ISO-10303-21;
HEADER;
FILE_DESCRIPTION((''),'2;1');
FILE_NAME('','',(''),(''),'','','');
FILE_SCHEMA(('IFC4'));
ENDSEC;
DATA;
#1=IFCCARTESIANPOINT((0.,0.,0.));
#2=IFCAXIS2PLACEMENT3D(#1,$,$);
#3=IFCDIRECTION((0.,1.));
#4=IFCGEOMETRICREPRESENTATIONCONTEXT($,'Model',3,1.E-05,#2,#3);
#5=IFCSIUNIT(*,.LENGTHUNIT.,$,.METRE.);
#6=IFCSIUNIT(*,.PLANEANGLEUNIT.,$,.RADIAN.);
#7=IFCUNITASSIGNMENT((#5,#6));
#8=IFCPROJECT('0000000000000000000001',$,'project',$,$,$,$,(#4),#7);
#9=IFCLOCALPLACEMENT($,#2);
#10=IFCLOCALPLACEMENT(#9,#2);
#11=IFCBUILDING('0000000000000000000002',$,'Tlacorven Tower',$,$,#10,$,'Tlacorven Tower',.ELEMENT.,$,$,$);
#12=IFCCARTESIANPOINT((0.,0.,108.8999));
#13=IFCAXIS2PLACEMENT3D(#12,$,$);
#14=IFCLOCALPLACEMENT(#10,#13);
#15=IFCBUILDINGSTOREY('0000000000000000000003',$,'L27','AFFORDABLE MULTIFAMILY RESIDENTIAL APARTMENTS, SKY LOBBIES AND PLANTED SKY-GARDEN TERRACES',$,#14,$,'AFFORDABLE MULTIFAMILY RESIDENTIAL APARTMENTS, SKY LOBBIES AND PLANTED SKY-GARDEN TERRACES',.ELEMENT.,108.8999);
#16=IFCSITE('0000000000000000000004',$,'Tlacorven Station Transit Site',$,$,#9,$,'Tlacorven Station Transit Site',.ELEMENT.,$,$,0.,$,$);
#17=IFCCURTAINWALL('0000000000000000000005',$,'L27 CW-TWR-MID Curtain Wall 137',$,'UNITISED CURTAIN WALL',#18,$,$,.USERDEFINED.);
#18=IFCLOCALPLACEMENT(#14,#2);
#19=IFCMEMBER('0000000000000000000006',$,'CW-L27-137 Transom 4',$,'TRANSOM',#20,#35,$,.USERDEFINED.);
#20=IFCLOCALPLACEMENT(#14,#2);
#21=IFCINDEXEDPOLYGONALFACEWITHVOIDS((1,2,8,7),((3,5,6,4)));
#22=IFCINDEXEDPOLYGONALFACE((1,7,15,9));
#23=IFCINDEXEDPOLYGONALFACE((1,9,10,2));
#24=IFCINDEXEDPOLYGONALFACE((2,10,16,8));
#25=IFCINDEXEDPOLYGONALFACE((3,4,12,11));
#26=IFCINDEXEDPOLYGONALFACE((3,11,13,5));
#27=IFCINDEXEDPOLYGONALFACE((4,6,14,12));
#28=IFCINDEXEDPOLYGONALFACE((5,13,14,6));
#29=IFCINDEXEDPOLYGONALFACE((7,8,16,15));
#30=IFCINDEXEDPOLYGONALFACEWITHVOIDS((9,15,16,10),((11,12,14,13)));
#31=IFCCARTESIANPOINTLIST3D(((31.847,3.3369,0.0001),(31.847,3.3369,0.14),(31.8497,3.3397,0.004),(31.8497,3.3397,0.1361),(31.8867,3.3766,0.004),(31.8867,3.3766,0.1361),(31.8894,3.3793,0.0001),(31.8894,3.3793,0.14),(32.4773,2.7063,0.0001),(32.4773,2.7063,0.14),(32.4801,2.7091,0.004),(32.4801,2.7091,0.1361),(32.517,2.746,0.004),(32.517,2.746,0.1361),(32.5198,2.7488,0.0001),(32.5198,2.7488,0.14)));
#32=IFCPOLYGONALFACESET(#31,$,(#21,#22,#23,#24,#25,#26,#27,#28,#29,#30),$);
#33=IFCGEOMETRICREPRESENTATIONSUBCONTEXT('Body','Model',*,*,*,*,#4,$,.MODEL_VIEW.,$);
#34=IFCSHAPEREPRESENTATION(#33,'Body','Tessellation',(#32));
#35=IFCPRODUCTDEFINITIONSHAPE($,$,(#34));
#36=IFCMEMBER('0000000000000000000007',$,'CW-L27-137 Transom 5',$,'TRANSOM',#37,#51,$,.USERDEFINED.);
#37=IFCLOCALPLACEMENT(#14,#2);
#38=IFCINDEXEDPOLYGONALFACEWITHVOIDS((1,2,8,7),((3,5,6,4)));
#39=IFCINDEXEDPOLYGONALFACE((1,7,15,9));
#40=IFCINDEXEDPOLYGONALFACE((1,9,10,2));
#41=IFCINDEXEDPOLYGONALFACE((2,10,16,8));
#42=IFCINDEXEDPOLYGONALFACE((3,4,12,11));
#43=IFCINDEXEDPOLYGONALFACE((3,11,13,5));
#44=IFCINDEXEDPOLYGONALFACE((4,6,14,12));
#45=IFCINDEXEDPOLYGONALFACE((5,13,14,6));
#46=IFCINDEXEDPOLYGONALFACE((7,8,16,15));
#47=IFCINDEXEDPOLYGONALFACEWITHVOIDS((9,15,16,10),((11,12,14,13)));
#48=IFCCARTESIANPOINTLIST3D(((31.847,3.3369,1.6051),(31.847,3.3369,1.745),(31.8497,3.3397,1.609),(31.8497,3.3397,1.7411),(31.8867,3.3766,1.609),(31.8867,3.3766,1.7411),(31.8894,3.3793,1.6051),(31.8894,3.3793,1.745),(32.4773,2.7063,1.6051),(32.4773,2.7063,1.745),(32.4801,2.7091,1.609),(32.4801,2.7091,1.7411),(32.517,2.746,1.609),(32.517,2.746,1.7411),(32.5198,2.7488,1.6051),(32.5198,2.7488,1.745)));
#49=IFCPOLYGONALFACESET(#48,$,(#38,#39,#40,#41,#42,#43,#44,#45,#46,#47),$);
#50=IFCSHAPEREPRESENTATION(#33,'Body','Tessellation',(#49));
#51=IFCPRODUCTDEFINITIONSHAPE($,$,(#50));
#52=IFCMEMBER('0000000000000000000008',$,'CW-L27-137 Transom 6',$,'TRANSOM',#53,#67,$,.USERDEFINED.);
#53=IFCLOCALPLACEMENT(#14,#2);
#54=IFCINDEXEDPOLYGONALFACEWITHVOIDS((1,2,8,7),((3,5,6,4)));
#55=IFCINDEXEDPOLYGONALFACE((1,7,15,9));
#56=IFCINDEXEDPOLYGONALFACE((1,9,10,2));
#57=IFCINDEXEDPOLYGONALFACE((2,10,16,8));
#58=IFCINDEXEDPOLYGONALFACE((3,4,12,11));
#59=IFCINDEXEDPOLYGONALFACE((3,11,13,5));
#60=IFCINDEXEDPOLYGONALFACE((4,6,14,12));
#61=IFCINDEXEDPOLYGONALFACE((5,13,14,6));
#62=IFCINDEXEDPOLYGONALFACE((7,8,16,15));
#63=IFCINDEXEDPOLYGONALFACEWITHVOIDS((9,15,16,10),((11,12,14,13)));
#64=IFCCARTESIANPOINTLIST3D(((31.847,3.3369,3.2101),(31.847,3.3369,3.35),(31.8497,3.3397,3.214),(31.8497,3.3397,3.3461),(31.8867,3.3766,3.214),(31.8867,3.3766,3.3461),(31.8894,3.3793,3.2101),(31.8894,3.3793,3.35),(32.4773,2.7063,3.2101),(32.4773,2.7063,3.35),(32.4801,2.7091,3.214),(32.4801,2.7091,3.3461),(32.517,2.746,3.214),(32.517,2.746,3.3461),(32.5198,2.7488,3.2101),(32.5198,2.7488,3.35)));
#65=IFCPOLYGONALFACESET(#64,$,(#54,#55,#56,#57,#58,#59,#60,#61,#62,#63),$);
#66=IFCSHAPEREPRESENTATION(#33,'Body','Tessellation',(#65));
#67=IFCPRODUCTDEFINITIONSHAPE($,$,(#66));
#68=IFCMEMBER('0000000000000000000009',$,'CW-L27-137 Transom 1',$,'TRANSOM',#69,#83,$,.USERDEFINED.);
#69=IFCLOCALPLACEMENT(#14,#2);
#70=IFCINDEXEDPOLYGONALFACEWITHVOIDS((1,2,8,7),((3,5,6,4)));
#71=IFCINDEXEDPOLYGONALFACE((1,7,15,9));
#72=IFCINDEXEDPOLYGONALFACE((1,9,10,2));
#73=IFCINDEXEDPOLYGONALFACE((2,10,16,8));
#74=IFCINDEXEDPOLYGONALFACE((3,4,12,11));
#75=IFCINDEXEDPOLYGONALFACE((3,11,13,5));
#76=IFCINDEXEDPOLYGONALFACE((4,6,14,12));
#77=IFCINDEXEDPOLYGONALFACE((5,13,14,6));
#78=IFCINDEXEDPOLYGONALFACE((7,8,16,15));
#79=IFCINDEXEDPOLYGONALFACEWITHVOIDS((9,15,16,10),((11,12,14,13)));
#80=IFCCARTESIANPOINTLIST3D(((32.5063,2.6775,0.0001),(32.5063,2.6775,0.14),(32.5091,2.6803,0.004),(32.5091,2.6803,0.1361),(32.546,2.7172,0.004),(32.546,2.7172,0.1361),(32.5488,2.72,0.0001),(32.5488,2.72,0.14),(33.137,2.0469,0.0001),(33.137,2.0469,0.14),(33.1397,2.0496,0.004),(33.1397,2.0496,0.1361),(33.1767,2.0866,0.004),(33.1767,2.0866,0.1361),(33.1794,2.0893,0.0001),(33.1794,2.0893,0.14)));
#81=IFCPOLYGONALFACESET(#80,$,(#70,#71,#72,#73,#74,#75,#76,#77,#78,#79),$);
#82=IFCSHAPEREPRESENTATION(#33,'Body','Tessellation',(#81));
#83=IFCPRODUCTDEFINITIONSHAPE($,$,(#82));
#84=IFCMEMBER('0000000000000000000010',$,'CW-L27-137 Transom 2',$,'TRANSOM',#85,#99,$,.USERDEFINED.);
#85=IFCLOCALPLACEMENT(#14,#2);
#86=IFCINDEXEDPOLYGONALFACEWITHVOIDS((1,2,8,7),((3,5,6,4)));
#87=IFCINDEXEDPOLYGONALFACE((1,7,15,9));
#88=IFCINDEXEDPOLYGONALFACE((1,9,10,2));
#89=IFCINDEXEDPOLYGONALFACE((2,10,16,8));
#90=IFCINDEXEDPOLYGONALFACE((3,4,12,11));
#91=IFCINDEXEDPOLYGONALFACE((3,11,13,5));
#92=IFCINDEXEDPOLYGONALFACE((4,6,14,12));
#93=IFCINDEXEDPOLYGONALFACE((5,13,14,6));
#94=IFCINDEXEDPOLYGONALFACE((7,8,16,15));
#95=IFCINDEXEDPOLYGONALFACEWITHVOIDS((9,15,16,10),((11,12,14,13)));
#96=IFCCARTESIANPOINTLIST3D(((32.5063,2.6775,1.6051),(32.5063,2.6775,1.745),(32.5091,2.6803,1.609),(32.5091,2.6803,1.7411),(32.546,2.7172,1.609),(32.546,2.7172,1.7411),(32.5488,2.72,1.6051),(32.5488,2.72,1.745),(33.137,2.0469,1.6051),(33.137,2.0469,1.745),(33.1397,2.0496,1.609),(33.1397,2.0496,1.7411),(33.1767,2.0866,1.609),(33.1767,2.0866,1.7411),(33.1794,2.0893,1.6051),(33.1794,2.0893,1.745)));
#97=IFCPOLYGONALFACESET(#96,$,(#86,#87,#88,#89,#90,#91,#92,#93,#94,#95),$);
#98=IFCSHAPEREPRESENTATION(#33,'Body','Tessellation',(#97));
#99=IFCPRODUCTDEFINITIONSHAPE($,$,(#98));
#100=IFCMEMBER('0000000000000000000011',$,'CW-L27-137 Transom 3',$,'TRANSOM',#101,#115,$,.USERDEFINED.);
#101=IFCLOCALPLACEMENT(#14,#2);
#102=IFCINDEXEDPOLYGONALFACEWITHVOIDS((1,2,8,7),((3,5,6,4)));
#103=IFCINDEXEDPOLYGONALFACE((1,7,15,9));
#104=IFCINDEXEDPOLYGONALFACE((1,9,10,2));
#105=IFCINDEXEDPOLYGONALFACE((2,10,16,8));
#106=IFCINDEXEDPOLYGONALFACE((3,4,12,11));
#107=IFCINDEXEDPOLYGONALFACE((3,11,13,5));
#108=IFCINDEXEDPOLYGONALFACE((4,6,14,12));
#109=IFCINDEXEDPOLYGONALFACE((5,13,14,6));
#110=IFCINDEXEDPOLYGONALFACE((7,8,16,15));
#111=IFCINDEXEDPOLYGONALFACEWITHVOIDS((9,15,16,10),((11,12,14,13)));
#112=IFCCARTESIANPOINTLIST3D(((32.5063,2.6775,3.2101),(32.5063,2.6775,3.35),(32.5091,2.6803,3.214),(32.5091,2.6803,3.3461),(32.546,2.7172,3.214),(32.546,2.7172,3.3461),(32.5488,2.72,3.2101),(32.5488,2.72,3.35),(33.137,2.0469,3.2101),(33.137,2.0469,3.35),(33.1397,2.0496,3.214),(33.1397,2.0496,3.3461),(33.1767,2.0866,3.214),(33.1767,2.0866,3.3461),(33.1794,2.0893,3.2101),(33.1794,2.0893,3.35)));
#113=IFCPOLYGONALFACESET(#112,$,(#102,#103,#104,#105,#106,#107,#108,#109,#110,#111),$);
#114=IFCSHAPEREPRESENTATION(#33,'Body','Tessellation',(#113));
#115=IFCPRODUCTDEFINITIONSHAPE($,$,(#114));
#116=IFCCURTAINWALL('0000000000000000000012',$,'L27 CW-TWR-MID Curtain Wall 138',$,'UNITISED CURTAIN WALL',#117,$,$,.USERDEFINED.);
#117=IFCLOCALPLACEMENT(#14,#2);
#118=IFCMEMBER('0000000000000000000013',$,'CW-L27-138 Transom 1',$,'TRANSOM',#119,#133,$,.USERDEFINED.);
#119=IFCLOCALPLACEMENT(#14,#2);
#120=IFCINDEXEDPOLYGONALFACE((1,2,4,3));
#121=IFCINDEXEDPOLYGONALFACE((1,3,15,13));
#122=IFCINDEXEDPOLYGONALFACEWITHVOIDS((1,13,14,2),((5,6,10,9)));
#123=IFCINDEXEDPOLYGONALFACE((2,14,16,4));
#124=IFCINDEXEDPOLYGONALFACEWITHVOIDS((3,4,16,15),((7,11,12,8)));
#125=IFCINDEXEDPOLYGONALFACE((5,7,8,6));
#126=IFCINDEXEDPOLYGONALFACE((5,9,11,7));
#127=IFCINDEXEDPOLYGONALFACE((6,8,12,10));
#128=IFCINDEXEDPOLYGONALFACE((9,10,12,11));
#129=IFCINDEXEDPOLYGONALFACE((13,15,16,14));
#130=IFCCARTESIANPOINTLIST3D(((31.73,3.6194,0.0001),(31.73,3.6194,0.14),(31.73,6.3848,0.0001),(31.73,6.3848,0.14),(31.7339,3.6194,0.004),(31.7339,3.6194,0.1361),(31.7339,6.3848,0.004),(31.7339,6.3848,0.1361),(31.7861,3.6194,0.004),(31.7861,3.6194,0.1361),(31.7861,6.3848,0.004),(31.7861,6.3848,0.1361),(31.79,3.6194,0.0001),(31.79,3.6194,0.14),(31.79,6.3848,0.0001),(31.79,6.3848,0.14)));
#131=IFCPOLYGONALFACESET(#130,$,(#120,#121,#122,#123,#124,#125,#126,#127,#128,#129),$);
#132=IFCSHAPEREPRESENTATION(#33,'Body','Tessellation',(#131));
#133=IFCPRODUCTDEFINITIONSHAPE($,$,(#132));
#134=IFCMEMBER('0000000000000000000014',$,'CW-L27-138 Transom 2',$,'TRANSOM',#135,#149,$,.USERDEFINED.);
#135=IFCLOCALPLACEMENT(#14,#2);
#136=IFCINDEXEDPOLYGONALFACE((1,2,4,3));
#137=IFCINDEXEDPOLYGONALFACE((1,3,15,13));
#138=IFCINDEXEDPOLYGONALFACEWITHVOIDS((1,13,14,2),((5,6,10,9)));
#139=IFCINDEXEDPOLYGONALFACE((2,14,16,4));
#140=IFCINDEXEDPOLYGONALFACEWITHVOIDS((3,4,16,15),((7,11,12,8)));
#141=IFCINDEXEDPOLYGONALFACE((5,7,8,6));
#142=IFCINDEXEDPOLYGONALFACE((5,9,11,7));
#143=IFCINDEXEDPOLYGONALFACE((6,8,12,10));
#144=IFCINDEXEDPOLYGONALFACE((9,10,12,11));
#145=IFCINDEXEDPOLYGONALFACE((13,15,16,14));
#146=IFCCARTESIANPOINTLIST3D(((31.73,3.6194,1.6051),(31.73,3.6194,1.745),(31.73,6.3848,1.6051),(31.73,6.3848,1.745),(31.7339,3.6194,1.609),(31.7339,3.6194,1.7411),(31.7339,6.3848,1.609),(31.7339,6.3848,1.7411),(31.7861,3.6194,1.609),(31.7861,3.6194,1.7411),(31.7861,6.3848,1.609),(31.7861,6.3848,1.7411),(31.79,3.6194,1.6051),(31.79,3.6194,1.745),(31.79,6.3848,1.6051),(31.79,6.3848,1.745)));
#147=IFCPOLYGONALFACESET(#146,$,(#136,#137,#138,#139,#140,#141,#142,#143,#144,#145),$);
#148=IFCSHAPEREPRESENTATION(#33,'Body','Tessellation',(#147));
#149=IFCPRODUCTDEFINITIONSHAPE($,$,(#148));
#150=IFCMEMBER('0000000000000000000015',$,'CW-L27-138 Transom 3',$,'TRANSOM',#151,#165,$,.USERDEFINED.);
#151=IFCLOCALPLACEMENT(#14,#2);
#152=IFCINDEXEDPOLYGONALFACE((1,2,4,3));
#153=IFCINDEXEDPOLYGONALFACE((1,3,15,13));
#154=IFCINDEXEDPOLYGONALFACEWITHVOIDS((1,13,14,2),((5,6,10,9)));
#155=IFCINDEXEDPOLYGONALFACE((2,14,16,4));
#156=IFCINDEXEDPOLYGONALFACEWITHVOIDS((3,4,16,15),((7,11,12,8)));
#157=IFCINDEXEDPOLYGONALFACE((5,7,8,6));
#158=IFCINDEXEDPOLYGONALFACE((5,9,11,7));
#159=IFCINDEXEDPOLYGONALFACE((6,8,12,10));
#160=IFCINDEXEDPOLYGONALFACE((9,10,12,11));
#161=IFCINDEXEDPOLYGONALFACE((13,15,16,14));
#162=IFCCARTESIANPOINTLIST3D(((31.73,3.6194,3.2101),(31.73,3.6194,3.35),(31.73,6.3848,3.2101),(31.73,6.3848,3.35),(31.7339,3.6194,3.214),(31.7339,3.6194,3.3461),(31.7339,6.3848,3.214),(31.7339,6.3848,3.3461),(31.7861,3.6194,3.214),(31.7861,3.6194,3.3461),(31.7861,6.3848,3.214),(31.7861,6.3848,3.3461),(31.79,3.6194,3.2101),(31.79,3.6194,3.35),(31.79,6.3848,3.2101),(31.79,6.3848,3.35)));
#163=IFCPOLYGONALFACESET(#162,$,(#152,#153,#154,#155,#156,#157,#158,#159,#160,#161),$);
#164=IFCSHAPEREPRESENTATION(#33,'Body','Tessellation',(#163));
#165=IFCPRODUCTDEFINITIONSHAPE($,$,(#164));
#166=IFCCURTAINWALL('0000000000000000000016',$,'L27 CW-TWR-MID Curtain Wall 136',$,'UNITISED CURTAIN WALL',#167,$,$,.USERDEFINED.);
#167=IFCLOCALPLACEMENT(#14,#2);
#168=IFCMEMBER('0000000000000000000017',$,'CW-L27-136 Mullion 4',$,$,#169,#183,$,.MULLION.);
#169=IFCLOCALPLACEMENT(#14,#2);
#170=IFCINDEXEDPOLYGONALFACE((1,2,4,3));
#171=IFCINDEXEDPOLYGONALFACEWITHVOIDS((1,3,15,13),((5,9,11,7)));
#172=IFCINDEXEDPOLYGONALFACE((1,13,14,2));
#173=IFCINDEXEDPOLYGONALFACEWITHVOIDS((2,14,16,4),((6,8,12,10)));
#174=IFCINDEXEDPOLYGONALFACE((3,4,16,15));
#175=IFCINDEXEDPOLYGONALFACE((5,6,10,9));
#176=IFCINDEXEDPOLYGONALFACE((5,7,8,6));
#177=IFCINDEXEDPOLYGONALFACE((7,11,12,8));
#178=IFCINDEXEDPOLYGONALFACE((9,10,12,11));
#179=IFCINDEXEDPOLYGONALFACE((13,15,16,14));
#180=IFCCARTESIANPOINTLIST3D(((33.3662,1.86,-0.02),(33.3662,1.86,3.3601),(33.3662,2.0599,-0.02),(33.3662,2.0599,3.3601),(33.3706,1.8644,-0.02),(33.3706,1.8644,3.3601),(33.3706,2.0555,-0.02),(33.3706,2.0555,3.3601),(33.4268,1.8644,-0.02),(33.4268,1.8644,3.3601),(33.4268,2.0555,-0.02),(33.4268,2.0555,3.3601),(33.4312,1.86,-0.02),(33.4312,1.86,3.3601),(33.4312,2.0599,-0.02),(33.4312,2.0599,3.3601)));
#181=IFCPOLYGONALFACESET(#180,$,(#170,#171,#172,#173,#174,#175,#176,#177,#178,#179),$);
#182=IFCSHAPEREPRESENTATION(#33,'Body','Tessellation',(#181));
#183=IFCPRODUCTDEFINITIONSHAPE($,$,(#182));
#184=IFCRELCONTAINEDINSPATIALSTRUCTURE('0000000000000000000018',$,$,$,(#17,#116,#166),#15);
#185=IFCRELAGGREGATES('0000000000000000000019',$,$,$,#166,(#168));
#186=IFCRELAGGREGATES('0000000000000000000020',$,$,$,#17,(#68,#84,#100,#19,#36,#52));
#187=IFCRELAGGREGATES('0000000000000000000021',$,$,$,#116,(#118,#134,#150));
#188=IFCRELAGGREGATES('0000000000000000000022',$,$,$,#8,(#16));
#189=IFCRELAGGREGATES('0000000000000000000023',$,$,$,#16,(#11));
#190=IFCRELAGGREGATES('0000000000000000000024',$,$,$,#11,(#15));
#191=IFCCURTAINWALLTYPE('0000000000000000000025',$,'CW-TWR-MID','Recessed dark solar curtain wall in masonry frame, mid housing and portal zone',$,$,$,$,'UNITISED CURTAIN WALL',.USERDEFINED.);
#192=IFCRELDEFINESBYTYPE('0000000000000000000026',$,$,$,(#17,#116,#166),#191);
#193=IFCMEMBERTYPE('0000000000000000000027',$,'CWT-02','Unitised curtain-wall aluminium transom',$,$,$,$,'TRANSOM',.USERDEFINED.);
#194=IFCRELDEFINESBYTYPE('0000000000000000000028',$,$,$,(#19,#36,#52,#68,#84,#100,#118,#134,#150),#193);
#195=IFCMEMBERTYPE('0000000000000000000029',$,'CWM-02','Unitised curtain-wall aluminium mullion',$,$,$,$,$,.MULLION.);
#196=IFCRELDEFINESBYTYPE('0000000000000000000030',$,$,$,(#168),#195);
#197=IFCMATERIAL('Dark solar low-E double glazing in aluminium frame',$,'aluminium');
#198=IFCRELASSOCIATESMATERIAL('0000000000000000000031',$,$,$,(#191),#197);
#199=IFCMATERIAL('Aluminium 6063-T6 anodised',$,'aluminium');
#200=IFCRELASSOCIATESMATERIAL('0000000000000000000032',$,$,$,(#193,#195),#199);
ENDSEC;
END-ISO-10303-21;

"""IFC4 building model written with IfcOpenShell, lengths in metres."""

from ifc_helpers import new_model, si_unit, direction, frame, origin, origin_2d, place, context, subcontext, project, spatial, hollow_rectangle, extrude, source, transform, mapped, material, material_profile, profile_set, type_object, element, aggregate, save


model = new_model("IFC4")

# Units and contexts
model_context = context("Model", 3, precision=1e-05, world=origin(), true_north=direction((0.0, 1.0)))
body_context = subcontext(model_context, "Body", "Model", "MODEL_VIEW")
ifc_project = project(units=[si_unit("LENGTHUNIT", "METRE"), si_unit("PLANEANGLEUNIT", "RADIAN")], contexts=[model_context])

# Site, building, storey
site_placement = place(None, origin())
site = spatial("IfcSite", under=ifc_project, at=site_placement, Name="Tlacorven Station Transit Site", LongName="Tlacorven Station Transit Site", CompositionType="ELEMENT", RefElevation=0.0)
building_placement = place(site_placement, origin())
building = spatial("IfcBuilding", under=site, at=building_placement, Name="Tlacorven Tower", LongName="Tlacorven Tower", CompositionType="ELEMENT")
storey_placement = place(building_placement, frame((0.0, 0.0, 108.8999)))
storey = spatial("IfcBuildingStorey", under=building, at=storey_placement, Name="L27", Description="AFFORDABLE MULTIFAMILY RESIDENTIAL APARTMENTS, SKY LOBBIES AND PLANTED SKY-GARDEN TERRACES", LongName="AFFORDABLE MULTIFAMILY RESIDENTIAL APARTMENTS, SKY LOBBIES AND PLANTED SKY-GARDEN TERRACES", CompositionType="ELEMENT", Elevation=108.8999)

# Curtain walls, members
ifc_material_1 = material(Name="Dark solar low-E double glazing in aluminium frame", Category="aluminium")
curtain_wall_type = type_object("IfcCurtainWallType", Name="CW-TWR-MID", Description="Recessed dark solar curtain wall in masonry frame, mid housing and portal zone", ElementType="UNITISED CURTAIN WALL", PredefinedType="USERDEFINED", material=ifc_material_1)
curtain_wall_1_placement = place(storey_placement, origin())
curtain_wall_1 = element("IfcCurtainWall", 1, at=curtain_wall_1_placement, inside=storey, type_object=curtain_wall_type, Name="L27 CW-TWR-MID Curtain Wall 137", ObjectType="UNITISED CURTAIN WALL", PredefinedType="USERDEFINED")
ifc_material_2 = material(Name="Aluminium 6063-T6 anodised", Category="aluminium")
ifc_material_profile_1 = material_profile(ifc_material_2, hollow_rectangle(XDim=0.0601, YDim=0.1399, WallThickness=0.0039, at=origin_2d()), Name="ALU TRANSOM 60X140")
ifc_profile_set_1 = profile_set([ifc_material_profile_1], Name="Aluminium 6063-T6 anodised")
member_type_1 = type_object("IfcMemberType", Name="CWT-02", Description="Unitised curtain-wall aluminium transom", ElementType="TRANSOM", PredefinedType="USERDEFINED", material=ifc_profile_set_1)
shared_shape_1 = source(origin(), body_context, "Body", "SweptSolid", [
    extrude(hollow_rectangle(XDim=0.0601, YDim=0.1399, WallThickness=0.0039, at=origin_2d()), origin(), (0.0, 0.0, 1.0), 0.8916),
])
member_1_placement = place(storey_placement, frame((32.4985, 2.7275, 0.0701), z_axis=(-0.70697, 0.707244, 0.0), x_axis=(-0.707244, -0.70697, 0.0)))
member_1 = element("IfcMember", 2, at=member_1_placement, type_object=member_type_1, Name="CW-L27-137 Transom 4", ObjectType="TRANSOM", PredefinedType="USERDEFINED", context=body_context, shape_type="MappedRepresentation", body=[
    mapped(shared_shape_1, transform((0.0, 0.0, 0.0), scale=1.0)),
])
member_2_placement = place(storey_placement, frame((32.4985, 2.7275, 1.675), z_axis=(-0.70697, 0.707244, 0.0), x_axis=(-0.707244, -0.70697, 0.0)))
member_2 = element("IfcMember", 3, at=member_2_placement, type_object=member_type_1, Name="CW-L27-137 Transom 5", ObjectType="TRANSOM", PredefinedType="USERDEFINED", context=body_context, shape_type="MappedRepresentation", body=[
    mapped(shared_shape_1, transform((0.0, 0.0, 0.0), scale=1.0)),
])
member_3_placement = place(storey_placement, frame((32.4985, 2.7275, 3.28), z_axis=(-0.70697, 0.707244, 0.0), x_axis=(-0.707244, -0.70697, 0.0)))
member_3 = element("IfcMember", 4, at=member_3_placement, type_object=member_type_1, Name="CW-L27-137 Transom 6", ObjectType="TRANSOM", PredefinedType="USERDEFINED", context=body_context, shape_type="MappedRepresentation", body=[
    mapped(shared_shape_1, transform((0.0, 0.0, 0.0), scale=1.0)),
])
shared_shape_2 = source(origin(), body_context, "Body", "SweptSolid", [
    extrude(hollow_rectangle(XDim=0.0601, YDim=0.1399, WallThickness=0.0039, at=origin_2d()), origin(), (0.0, 0.0, 1.0), 0.8918),
])
member_4_placement = place(storey_placement, frame((33.1582, 2.0681, 0.0701), z_axis=(-0.707107, 0.707107, 0.0), x_axis=(-0.707107, -0.707107, 0.0)))
member_4 = element("IfcMember", 5, at=member_4_placement, type_object=member_type_1, Name="CW-L27-137 Transom 1", ObjectType="TRANSOM", PredefinedType="USERDEFINED", context=body_context, shape_type="MappedRepresentation", body=[
    mapped(shared_shape_2, transform((0.0, 0.0, 0.0), scale=1.0)),
])
member_5_placement = place(storey_placement, frame((33.1582, 2.0681, 1.675), z_axis=(-0.707107, 0.707107, 0.0), x_axis=(-0.707107, -0.707107, 0.0)))
member_5 = element("IfcMember", 6, at=member_5_placement, type_object=member_type_1, Name="CW-L27-137 Transom 2", ObjectType="TRANSOM", PredefinedType="USERDEFINED", context=body_context, shape_type="MappedRepresentation", body=[
    mapped(shared_shape_2, transform((0.0, 0.0, 0.0), scale=1.0)),
])
member_6_placement = place(storey_placement, frame((33.1582, 2.0681, 3.28), z_axis=(-0.707107, 0.707107, 0.0), x_axis=(-0.707107, -0.707107, 0.0)))
member_6 = element("IfcMember", 7, at=member_6_placement, type_object=member_type_1, Name="CW-L27-137 Transom 3", ObjectType="TRANSOM", PredefinedType="USERDEFINED", context=body_context, shape_type="MappedRepresentation", body=[
    mapped(shared_shape_2, transform((0.0, 0.0, 0.0), scale=1.0)),
])
curtain_wall_2_placement = place(storey_placement, origin())
curtain_wall_2 = element("IfcCurtainWall", 8, at=curtain_wall_2_placement, inside=storey, type_object=curtain_wall_type, Name="L27 CW-TWR-MID Curtain Wall 138", ObjectType="UNITISED CURTAIN WALL", PredefinedType="USERDEFINED")
shared_shape_3 = source(origin(), body_context, "Body", "SweptSolid", [
    extrude(hollow_rectangle(XDim=0.0601, YDim=0.1399, WallThickness=0.0039, at=origin_2d()), origin(), (0.0, 0.0, 1.0), 2.7654),
])
member_7_placement = place(storey_placement, frame((31.76, 3.6194, 0.0701), z_axis=(0.0, 1.0, 0.0), x_axis=(-1.0, 0.0, 0.0)))
member_7 = element("IfcMember", 9, at=member_7_placement, type_object=member_type_1, Name="CW-L27-138 Transom 1", ObjectType="TRANSOM", PredefinedType="USERDEFINED", context=body_context, shape_type="MappedRepresentation", body=[
    mapped(shared_shape_3, transform((0.0, 0.0, 0.0), scale=1.0)),
])
member_8_placement = place(storey_placement, frame((31.76, 3.6194, 1.675), z_axis=(0.0, 1.0, 0.0), x_axis=(-1.0, 0.0, 0.0)))
member_8 = element("IfcMember", 10, at=member_8_placement, type_object=member_type_1, Name="CW-L27-138 Transom 2", ObjectType="TRANSOM", PredefinedType="USERDEFINED", context=body_context, shape_type="MappedRepresentation", body=[
    mapped(shared_shape_3, transform((0.0, 0.0, 0.0), scale=1.0)),
])
member_9_placement = place(storey_placement, frame((31.76, 3.6194, 3.28), z_axis=(0.0, 1.0, 0.0), x_axis=(-1.0, 0.0, 0.0)))
member_9 = element("IfcMember", 11, at=member_9_placement, type_object=member_type_1, Name="CW-L27-138 Transom 3", ObjectType="TRANSOM", PredefinedType="USERDEFINED", context=body_context, shape_type="MappedRepresentation", body=[
    mapped(shared_shape_3, transform((0.0, 0.0, 0.0), scale=1.0)),
])

# Curtain wall, member
curtain_wall_3_placement = place(storey_placement, origin())
curtain_wall_3 = element("IfcCurtainWall", 12, at=curtain_wall_3_placement, inside=storey, type_object=curtain_wall_type, Name="L27 CW-TWR-MID Curtain Wall 136", ObjectType="UNITISED CURTAIN WALL", PredefinedType="USERDEFINED")
ifc_material_profile_2 = material_profile(ifc_material_2, hollow_rectangle(XDim=0.0649, YDim=0.2, WallThickness=0.0044, at=origin_2d()), Name="ALU MULLION 65X200")
ifc_profile_set_2 = profile_set([ifc_material_profile_2], Name="Aluminium 6063-T6 anodised")
member_type_2 = type_object("IfcMemberType", Name="CWM-02", Description="Unitised curtain-wall aluminium mullion", PredefinedType="MULLION", material=ifc_profile_set_2)
shared_shape_4 = source(origin(), body_context, "Body", "SweptSolid", [
    extrude(hollow_rectangle(XDim=0.0649, YDim=0.2, WallThickness=0.0044, at=origin_2d()), origin(), (0.0, 0.0, 1.0), 3.3801),
])
member_10_placement = place(storey_placement, frame((33.3987, 1.96, -0.02), z_axis=(0.0, 0.0, 1.0), x_axis=(-1.0, 0.0, 0.0)))
member_10 = element("IfcMember", 13, at=member_10_placement, type_object=member_type_2, Name="CW-L27-136 Mullion 4", PredefinedType="MULLION", context=body_context, shape_type="MappedRepresentation", body=[
    mapped(shared_shape_4, transform((0.0, 0.0, 0.0), scale=1.0)),
])
aggregate(curtain_wall_3, [member_10])

aggregate(curtain_wall_1, [member_4, member_5, member_6, member_1, member_2, member_3])
aggregate(curtain_wall_2, [member_7, member_8, member_9])

save(model, "model.ifc")
